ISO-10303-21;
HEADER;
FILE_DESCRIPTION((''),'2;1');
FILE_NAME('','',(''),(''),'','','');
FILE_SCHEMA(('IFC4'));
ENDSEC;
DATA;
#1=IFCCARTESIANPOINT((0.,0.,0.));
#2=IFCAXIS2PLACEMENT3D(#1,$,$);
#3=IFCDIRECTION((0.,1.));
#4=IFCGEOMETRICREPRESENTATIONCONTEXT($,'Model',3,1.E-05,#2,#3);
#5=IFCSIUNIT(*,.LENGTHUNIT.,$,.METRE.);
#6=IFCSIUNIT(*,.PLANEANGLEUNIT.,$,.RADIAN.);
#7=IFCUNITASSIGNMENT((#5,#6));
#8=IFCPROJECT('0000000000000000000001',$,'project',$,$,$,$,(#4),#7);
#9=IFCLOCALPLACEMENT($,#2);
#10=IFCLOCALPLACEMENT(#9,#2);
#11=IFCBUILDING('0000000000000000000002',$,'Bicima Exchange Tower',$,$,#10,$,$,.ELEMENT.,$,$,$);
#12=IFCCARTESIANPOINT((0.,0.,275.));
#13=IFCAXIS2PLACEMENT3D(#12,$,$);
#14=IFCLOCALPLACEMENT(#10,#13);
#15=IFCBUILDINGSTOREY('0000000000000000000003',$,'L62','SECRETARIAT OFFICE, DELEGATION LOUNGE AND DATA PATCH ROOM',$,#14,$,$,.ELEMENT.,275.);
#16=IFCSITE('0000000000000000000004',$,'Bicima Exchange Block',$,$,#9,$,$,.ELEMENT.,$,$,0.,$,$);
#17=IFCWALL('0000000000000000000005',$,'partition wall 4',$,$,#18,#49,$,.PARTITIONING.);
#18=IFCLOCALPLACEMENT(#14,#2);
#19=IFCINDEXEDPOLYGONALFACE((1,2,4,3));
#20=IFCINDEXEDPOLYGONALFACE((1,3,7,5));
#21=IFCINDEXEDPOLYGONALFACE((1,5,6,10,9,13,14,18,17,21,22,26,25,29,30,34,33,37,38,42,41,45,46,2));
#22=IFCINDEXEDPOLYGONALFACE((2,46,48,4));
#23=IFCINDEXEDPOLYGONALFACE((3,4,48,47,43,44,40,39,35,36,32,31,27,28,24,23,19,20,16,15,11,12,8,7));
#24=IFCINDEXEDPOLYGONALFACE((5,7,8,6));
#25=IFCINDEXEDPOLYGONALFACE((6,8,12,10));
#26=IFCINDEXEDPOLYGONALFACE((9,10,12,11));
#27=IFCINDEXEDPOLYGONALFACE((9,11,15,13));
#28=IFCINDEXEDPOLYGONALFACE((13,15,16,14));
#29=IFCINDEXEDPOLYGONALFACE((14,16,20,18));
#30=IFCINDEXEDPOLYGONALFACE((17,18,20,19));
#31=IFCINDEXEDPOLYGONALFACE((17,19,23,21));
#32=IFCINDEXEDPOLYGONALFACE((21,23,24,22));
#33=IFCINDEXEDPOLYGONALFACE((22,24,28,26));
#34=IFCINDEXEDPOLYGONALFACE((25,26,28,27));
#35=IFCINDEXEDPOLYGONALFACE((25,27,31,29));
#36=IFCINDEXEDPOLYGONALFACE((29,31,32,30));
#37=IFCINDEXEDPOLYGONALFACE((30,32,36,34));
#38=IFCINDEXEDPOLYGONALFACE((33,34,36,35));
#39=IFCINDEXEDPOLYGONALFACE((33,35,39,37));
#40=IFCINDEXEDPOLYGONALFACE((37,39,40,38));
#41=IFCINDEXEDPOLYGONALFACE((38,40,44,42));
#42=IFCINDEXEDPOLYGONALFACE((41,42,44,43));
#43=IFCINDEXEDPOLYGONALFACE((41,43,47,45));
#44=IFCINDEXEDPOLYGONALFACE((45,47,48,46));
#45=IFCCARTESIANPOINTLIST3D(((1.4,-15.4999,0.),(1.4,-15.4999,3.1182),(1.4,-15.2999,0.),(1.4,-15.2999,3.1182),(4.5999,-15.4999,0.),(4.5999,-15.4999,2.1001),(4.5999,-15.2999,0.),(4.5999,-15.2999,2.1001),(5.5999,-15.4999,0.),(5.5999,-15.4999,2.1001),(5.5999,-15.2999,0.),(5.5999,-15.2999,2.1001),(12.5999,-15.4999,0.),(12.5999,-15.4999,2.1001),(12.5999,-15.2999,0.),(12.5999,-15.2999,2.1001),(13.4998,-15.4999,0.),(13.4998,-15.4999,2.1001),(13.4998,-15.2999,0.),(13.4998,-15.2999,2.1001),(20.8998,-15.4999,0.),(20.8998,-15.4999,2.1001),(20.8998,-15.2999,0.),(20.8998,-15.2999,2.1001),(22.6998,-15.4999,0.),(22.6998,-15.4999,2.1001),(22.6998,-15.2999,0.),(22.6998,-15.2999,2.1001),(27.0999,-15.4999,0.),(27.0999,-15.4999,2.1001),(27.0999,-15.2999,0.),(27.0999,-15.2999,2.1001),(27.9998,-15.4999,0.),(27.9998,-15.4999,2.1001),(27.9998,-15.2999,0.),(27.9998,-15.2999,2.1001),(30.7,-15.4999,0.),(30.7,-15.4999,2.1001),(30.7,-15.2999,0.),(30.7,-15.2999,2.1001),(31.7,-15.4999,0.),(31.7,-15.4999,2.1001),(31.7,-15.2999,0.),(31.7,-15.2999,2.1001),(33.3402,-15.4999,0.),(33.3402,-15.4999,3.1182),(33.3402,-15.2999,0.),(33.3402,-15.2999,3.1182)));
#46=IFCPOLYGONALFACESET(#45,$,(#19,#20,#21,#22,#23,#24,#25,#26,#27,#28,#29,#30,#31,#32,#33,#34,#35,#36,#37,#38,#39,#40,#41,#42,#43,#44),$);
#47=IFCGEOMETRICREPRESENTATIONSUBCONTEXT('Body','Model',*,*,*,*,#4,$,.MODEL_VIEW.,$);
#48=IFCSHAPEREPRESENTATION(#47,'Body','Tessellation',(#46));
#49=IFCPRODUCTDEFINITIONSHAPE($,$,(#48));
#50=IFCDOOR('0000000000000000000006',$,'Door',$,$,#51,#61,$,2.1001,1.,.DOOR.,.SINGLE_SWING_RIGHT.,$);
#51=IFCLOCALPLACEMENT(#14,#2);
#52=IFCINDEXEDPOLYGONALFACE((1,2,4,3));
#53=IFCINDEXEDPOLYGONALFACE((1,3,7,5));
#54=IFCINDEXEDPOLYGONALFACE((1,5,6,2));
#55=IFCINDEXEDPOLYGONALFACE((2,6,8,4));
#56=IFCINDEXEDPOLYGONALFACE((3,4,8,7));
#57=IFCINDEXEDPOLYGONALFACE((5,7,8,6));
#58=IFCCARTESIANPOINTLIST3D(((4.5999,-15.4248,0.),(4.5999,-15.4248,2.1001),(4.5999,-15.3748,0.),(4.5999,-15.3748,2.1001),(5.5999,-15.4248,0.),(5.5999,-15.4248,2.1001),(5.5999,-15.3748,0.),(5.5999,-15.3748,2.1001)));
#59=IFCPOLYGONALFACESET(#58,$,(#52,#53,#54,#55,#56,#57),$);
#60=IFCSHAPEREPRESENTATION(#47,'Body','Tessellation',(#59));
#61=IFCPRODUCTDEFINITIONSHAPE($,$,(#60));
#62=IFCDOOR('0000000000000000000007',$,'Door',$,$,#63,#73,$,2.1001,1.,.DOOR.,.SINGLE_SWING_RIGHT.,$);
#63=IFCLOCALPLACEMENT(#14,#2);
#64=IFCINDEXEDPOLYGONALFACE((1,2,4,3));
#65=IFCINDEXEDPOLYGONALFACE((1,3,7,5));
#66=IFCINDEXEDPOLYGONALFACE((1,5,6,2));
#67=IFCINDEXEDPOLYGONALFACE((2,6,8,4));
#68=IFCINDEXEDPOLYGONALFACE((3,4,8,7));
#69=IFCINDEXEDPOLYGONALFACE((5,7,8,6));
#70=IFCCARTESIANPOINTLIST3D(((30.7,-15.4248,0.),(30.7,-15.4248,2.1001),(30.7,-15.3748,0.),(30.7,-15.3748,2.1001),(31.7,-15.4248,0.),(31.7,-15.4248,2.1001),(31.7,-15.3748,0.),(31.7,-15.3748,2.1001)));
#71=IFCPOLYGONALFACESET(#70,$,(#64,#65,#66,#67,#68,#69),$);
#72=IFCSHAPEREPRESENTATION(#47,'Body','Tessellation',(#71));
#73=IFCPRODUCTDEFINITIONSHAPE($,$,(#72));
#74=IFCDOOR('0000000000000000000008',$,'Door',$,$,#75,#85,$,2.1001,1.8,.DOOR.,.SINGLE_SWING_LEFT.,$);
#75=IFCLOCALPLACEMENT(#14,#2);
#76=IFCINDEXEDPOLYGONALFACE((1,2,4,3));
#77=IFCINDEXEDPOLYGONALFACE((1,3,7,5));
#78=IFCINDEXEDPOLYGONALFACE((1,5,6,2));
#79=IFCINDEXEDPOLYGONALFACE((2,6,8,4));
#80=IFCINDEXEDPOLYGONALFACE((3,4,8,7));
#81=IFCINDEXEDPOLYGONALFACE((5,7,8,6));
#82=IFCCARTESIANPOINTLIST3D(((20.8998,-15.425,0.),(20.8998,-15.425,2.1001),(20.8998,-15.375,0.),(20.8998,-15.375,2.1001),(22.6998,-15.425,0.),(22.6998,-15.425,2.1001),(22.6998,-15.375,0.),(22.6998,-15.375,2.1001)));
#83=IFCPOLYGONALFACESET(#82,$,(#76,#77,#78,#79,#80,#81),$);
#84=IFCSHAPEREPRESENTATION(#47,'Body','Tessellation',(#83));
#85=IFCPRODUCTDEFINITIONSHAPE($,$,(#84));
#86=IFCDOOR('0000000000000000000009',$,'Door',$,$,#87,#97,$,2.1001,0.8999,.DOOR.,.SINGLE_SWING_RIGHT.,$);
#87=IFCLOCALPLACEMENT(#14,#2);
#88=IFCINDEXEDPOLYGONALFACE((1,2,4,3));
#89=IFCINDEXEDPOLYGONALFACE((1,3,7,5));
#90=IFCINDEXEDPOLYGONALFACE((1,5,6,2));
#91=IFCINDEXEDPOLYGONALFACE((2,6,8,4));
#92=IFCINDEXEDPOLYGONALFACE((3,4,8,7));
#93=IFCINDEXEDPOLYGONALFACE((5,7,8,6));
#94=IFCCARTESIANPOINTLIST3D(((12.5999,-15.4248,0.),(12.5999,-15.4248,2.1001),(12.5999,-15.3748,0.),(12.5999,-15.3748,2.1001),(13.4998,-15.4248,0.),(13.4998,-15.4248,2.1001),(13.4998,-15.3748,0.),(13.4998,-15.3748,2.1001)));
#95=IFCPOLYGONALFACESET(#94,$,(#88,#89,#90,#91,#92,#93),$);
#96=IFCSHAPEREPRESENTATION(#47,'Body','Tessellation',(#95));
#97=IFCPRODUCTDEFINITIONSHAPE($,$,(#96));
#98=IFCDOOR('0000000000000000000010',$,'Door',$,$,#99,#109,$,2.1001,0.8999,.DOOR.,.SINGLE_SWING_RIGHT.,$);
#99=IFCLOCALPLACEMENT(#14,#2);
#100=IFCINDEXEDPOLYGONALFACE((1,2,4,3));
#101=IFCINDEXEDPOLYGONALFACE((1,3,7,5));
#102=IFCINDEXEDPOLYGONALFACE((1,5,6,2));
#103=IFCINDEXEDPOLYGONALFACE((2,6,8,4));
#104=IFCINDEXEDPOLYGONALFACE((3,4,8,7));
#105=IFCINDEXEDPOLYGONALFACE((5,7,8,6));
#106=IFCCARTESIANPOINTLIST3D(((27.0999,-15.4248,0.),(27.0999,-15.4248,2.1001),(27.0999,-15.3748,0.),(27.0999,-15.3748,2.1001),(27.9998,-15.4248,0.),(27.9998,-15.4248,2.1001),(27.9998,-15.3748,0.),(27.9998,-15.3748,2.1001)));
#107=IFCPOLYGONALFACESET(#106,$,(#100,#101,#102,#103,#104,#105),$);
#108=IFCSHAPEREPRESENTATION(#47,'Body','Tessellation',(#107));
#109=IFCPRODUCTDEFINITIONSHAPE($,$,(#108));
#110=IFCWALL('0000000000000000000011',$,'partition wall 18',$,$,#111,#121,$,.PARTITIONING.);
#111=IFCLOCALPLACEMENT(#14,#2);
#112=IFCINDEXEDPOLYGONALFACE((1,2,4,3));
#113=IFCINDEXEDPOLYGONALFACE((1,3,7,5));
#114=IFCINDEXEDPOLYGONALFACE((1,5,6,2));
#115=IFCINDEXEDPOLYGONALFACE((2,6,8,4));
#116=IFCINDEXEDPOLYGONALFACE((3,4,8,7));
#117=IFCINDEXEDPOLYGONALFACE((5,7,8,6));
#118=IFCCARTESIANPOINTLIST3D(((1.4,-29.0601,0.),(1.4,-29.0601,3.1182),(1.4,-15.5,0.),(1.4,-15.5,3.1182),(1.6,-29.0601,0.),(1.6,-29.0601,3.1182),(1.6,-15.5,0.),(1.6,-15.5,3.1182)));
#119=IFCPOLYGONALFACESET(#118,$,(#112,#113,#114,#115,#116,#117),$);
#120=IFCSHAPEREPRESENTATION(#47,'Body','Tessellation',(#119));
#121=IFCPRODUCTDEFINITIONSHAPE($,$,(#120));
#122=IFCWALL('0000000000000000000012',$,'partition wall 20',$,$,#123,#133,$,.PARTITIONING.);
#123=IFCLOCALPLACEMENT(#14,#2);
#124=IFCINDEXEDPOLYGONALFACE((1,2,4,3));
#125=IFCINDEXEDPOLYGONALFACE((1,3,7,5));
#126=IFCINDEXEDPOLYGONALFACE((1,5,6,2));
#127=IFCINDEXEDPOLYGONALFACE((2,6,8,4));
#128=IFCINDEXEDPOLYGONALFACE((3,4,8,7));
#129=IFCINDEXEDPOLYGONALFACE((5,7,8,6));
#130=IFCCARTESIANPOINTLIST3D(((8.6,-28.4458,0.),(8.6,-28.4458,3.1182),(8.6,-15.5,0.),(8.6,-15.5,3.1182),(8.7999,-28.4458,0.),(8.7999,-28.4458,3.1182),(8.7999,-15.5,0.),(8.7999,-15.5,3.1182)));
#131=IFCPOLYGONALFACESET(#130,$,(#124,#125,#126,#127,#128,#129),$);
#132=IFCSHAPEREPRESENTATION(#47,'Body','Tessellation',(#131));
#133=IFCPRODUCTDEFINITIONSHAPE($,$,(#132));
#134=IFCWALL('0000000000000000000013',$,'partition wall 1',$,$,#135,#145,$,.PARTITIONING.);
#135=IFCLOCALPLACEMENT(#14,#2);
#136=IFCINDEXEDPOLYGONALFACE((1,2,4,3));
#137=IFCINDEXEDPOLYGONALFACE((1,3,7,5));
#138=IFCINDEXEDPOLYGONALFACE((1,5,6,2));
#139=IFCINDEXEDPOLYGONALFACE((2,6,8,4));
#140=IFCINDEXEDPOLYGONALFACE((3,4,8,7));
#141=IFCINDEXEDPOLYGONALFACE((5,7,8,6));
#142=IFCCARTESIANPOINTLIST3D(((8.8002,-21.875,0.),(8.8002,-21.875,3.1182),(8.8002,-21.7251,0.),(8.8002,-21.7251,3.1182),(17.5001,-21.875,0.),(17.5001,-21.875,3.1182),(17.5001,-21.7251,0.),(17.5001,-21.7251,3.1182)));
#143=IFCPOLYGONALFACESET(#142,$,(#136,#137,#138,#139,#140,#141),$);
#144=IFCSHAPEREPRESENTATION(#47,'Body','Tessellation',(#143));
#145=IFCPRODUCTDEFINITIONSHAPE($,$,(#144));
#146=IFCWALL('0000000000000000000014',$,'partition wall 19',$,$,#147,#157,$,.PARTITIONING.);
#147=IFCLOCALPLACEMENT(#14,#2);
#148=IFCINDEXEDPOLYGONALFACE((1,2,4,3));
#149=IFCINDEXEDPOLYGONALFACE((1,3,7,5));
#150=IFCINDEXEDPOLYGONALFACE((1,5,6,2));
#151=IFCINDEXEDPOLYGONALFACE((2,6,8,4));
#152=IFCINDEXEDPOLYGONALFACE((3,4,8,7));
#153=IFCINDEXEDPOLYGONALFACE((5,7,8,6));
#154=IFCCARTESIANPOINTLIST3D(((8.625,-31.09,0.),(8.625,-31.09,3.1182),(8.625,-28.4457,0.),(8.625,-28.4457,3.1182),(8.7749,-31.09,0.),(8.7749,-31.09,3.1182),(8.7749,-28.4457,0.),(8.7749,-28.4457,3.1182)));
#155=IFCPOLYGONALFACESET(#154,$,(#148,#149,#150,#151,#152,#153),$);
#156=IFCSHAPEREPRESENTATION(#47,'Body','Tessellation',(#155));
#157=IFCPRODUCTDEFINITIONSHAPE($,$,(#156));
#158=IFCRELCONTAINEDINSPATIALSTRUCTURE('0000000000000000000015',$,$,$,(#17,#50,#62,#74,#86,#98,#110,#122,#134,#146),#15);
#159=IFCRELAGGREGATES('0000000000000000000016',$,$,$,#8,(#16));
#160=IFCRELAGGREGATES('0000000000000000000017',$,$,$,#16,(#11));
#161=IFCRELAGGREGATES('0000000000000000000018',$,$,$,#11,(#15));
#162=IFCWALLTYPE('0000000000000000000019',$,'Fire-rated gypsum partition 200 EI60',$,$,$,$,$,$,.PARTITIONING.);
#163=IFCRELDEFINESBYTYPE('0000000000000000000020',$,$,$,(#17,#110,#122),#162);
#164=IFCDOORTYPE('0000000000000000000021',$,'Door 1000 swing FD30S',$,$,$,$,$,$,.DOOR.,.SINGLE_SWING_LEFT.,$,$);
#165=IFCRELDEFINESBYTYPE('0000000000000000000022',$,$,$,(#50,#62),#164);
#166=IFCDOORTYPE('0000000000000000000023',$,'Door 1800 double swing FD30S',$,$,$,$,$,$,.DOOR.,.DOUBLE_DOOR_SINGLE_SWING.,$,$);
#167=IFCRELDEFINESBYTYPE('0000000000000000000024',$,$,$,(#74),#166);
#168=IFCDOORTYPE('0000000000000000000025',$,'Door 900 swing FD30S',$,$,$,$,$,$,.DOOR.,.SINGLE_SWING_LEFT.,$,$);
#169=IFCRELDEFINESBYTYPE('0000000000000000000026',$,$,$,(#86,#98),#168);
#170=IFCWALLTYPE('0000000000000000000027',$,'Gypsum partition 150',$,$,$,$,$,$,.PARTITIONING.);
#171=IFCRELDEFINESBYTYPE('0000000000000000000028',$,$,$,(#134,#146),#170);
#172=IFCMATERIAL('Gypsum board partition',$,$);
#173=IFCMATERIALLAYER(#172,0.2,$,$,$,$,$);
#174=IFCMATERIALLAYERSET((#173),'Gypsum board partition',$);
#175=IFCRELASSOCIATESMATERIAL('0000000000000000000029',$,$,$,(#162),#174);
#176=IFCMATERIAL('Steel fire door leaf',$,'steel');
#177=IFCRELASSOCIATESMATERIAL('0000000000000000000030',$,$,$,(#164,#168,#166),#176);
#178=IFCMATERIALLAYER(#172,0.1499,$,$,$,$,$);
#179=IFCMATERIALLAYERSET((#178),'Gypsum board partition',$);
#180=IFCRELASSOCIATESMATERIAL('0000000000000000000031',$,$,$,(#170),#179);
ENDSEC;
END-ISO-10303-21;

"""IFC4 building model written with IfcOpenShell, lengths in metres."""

from ifc_helpers import new_model, si_unit, direction, frame, frame_2d, origin, place, context, subcontext, project, spatial, rectangle, extrude, material, layer, layer_set, type_object, element, fill, save


model = new_model("IFC4")

# Units and contexts
model_context = context("Model", 3, precision=1e-05, world=origin(), true_north=direction((0.0, 1.0)))
body_context = subcontext(model_context, "Body", "Model", "MODEL_VIEW")
ifc_project = project(units=[si_unit("LENGTHUNIT", "METRE"), si_unit("PLANEANGLEUNIT", "RADIAN")], contexts=[model_context])

# Site, building, storey
site_placement = place(None, origin())
site = spatial("IfcSite", under=ifc_project, at=site_placement, Name="Bicima Exchange Block", CompositionType="ELEMENT", RefElevation=0.0)
building_placement = place(site_placement, origin())
building = spatial("IfcBuilding", under=site, at=building_placement, Name="Bicima Exchange Tower", CompositionType="ELEMENT")
storey_placement = place(building_placement, frame((0.0, 0.0, 275.0)))
storey = spatial("IfcBuildingStorey", under=building, at=storey_placement, Name="L62", Description="SECRETARIAT OFFICE, DELEGATION LOUNGE AND DATA PATCH ROOM", CompositionType="ELEMENT", Elevation=275.0)

# Wall, openings, doors
ifc_material_1 = material(Name="Gypsum board partition")
ifc_layer_1 = layer(ifc_material_1, 0.2)
ifc_layer_set_1 = layer_set([ifc_layer_1], Name="Gypsum board partition")
wall_type_1 = type_object("IfcWallType", Name="Fire-rated gypsum partition 200 EI60", PredefinedType="PARTITIONING", material=ifc_layer_set_1)
ifc_material_2 = material(Name="Steel fire door leaf", Category="steel")
door_type_1 = type_object("IfcDoorType", Name="Door 1000 swing FD30S", OperationType="SINGLE_SWING_LEFT", PredefinedType="DOOR", material=ifc_material_2)
door_type_2 = type_object("IfcDoorType", Name="Door 900 swing FD30S", OperationType="SINGLE_SWING_LEFT", PredefinedType="DOOR", material=ifc_material_2)
wall_1_placement = place(storey_placement, frame((1.3999, -15.3999, 0.0), z_axis=(0.0, 0.0, 1.0), x_axis=(1.0, 0.0, 0.0)))
wall_1 = element("IfcWall", 1, at=wall_1_placement, inside=storey, type_object=wall_type_1, Name="partition wall 4", PredefinedType="PARTITIONING", context=body_context, shape_type="SweptSolid", body=[
    extrude(rectangle(XDim=31.9402, YDim=0.2, at=frame_2d((15.9702, 0.0))), origin(), (0.0, 0.0, 1.0), 3.1182),
])
opening_1_placement = place(wall_1_placement, frame((3.2, 0.0, 0.0)))
opening_1 = element("IfcOpeningElement", 2, at=opening_1_placement, cuts=wall_1, PredefinedType="OPENING", context=body_context, shape_type="SweptSolid", body=[
    extrude(rectangle(XDim=1.0, YDim=2.1001, at=frame_2d((0.5, 1.05))), frame((0.0, 0.1118, 0.0), z_axis=(0.0, -1.0, 0.0), x_axis=(1.0, 0.0, 0.0)), (0.0, 0.0, 1.0), 0.2239),
])
opening_2_placement = place(wall_1_placement, frame((11.2, 0.0, 0.0)))
opening_2 = element("IfcOpeningElement", 3, at=opening_2_placement, cuts=wall_1, PredefinedType="OPENING", context=body_context, shape_type="SweptSolid", body=[
    extrude(rectangle(XDim=0.8999, YDim=2.1001, at=frame_2d((0.45, 1.05))), frame((0.0, 0.1118, 0.0), z_axis=(0.0, -1.0, 0.0), x_axis=(1.0, 0.0, 0.0)), (0.0, 0.0, 1.0), 0.2239),
])
opening_3_placement = place(wall_1_placement, frame((19.5, 0.0, 0.0)))
opening_3 = element("IfcOpeningElement", 4, at=opening_3_placement, cuts=wall_1, PredefinedType="OPENING", context=body_context, shape_type="SweptSolid", body=[
    extrude(rectangle(XDim=1.8, YDim=2.1001, at=frame_2d((0.8999, 1.05))), frame((0.0, 0.1118, 0.0), z_axis=(0.0, -1.0, 0.0), x_axis=(1.0, 0.0, 0.0)), (0.0, 0.0, 1.0), 0.2239),
])
opening_4_placement = place(wall_1_placement, frame((25.7, 0.0, 0.0)))
opening_4 = element("IfcOpeningElement", 5, at=opening_4_placement, cuts=wall_1, PredefinedType="OPENING", context=body_context, shape_type="SweptSolid", body=[
    extrude(rectangle(XDim=0.8999, YDim=2.1001, at=frame_2d((0.45, 1.05))), frame((0.0, 0.1118, 0.0), z_axis=(0.0, -1.0, 0.0), x_axis=(1.0, 0.0, 0.0)), (0.0, 0.0, 1.0), 0.2239),
])
opening_5_placement = place(wall_1_placement, frame((29.3, 0.0, 0.0)))
opening_5 = element("IfcOpeningElement", 6, at=opening_5_placement, cuts=wall_1, PredefinedType="OPENING", context=body_context, shape_type="SweptSolid", body=[
    extrude(rectangle(XDim=1.0, YDim=2.1001, at=frame_2d((0.5, 1.05))), frame((0.0, 0.1118, 0.0), z_axis=(0.0, -1.0, 0.0), x_axis=(1.0, 0.0, 0.0)), (0.0, 0.0, 1.0), 0.2239),
])
door_1_placement = place(opening_1_placement, frame((1.0, 0.0, 0.0), z_axis=(0.0, 0.0, 1.0), x_axis=(-1.0, 0.0, 0.0)))
door_1 = element("IfcDoor", 7, at=door_1_placement, inside=storey, type_object=door_type_1, Name="Door", OperationType="SINGLE_SWING_RIGHT", OverallHeight=2.1001, OverallWidth=1.0, PredefinedType="DOOR", context=body_context, shape_type="SweptSolid", body=[
    extrude(rectangle(XDim=1.0, YDim=2.1001, at=frame_2d((0.5, 1.05))), frame((0.0, 0.0249, 0.0), z_axis=(0.0, -1.0, 0.0), x_axis=(1.0, 0.0, 0.0)), (0.0, 0.0, 1.0), 0.05),
])
fill(opening_1, door_1)
door_2_placement = place(opening_5_placement, frame((1.0, 0.0, 0.0), z_axis=(0.0, 0.0, 1.0), x_axis=(-1.0, 0.0, 0.0)))
door_2 = element("IfcDoor", 8, at=door_2_placement, inside=storey, type_object=door_type_1, Name="Door", OperationType="SINGLE_SWING_RIGHT", OverallHeight=2.1001, OverallWidth=1.0, PredefinedType="DOOR", context=body_context, shape_type="SweptSolid", body=[
    extrude(rectangle(XDim=1.0, YDim=2.1001, at=frame_2d((0.5, 1.05))), frame((0.0, 0.0249, 0.0), z_axis=(0.0, -1.0, 0.0), x_axis=(1.0, 0.0, 0.0)), (0.0, 0.0, 1.0), 0.05),
])
fill(opening_5, door_2)
door_type_3 = type_object("IfcDoorType", Name="Door 1800 double swing FD30S", OperationType="DOUBLE_DOOR_SINGLE_SWING", PredefinedType="DOOR", material=ifc_material_2)
door_3_placement = place(opening_3_placement, origin())
door_3 = element("IfcDoor", 9, at=door_3_placement, inside=storey, type_object=door_type_3, Name="Door", OperationType="SINGLE_SWING_LEFT", OverallHeight=2.1001, OverallWidth=1.8, PredefinedType="DOOR", context=body_context, shape_type="SweptSolid", body=[
    extrude(rectangle(XDim=1.8, YDim=2.1001, at=frame_2d((0.8999, 1.05))), frame((0.0, 0.0249, 0.0), z_axis=(0.0, -1.0, 0.0), x_axis=(1.0, 0.0, 0.0)), (0.0, 0.0, 1.0), 0.05),
])
fill(opening_3, door_3)
door_4_placement = place(opening_2_placement, frame((0.8999, 0.0, 0.0), z_axis=(0.0, 0.0, 1.0), x_axis=(-1.0, 0.0, 0.0)))
door_4 = element("IfcDoor", 10, at=door_4_placement, inside=storey, type_object=door_type_2, Name="Door", OperationType="SINGLE_SWING_RIGHT", OverallHeight=2.1001, OverallWidth=0.8999, PredefinedType="DOOR", context=body_context, shape_type="SweptSolid", body=[
    extrude(rectangle(XDim=0.8999, YDim=2.1001, at=frame_2d((0.45, 1.05))), frame((0.0, 0.0249, 0.0), z_axis=(0.0, -1.0, 0.0), x_axis=(1.0, 0.0, 0.0)), (0.0, 0.0, 1.0), 0.05),
])
fill(opening_2, door_4)
door_5_placement = place(opening_4_placement, frame((0.8999, 0.0, 0.0), z_axis=(0.0, 0.0, 1.0), x_axis=(-1.0, 0.0, 0.0)))
door_5 = element("IfcDoor", 11, at=door_5_placement, inside=storey, type_object=door_type_2, Name="Door", OperationType="SINGLE_SWING_RIGHT", OverallHeight=2.1001, OverallWidth=0.8999, PredefinedType="DOOR", context=body_context, shape_type="SweptSolid", body=[
    extrude(rectangle(XDim=0.8999, YDim=2.1001, at=frame_2d((0.45, 1.05))), frame((0.0, 0.0249, 0.0), z_axis=(0.0, -1.0, 0.0), x_axis=(1.0, 0.0, 0.0)), (0.0, 0.0, 1.0), 0.05),
])
fill(opening_4, door_5)

# Walls
wall_2_placement = place(storey_placement, frame((1.5, -29.0601, 0.0), z_axis=(0.0, 0.0, 1.0), x_axis=(0.0, 1.0, 0.0)))
element("IfcWall", 12, at=wall_2_placement, inside=storey, type_object=wall_type_1, Name="partition wall 18", PredefinedType="PARTITIONING", context=body_context, shape_type="SweptSolid", body=[
    extrude(rectangle(XDim=13.5601, YDim=0.2, at=frame_2d((6.78, 0.0))), origin(), (0.0, 0.0, 1.0), 3.1182),
])
wall_3_placement = place(storey_placement, frame((8.7, -28.4458, 0.0), z_axis=(0.0, 0.0, 1.0), x_axis=(0.0, 1.0, 0.0)))
element("IfcWall", 13, at=wall_3_placement, inside=storey, type_object=wall_type_1, Name="partition wall 20", PredefinedType="PARTITIONING", context=body_context, shape_type="SweptSolid", body=[
    extrude(rectangle(XDim=12.9458, YDim=0.2, at=frame_2d((6.4729, 0.0))), origin(), (0.0, 0.0, 1.0), 3.1182),
])
ifc_layer_2 = layer(ifc_material_1, 0.1499)
ifc_layer_set_2 = layer_set([ifc_layer_2], Name="Gypsum board partition")
wall_type_2 = type_object("IfcWallType", Name="Gypsum partition 150", PredefinedType="PARTITIONING", material=ifc_layer_set_2)
wall_4_placement = place(storey_placement, frame((8.8, -21.8, 0.0), z_axis=(0.0, 0.0, 1.0), x_axis=(1.0, 0.0, 0.0)))
element("IfcWall", 14, at=wall_4_placement, inside=storey, type_object=wall_type_2, Name="partition wall 1", PredefinedType="PARTITIONING", context=body_context, shape_type="SweptSolid", body=[
    extrude(rectangle(XDim=8.7, YDim=0.1499, at=frame_2d((4.3501, 0.0))), origin(), (0.0, 0.0, 1.0), 3.1182),
])
wall_5_placement = place(storey_placement, frame((8.7, -31.0901, 0.0), z_axis=(0.0, 0.0, 1.0), x_axis=(0.0, 1.0, 0.0)))
element("IfcWall", 15, at=wall_5_placement, inside=storey, type_object=wall_type_2, Name="partition wall 19", PredefinedType="PARTITIONING", context=body_context, shape_type="SweptSolid", body=[
    extrude(rectangle(XDim=2.6443, YDim=0.1499, at=frame_2d((1.3223, 0.0))), origin(), (0.0, 0.0, 1.0), 3.1182),
])

save(model, "model.ifc")
